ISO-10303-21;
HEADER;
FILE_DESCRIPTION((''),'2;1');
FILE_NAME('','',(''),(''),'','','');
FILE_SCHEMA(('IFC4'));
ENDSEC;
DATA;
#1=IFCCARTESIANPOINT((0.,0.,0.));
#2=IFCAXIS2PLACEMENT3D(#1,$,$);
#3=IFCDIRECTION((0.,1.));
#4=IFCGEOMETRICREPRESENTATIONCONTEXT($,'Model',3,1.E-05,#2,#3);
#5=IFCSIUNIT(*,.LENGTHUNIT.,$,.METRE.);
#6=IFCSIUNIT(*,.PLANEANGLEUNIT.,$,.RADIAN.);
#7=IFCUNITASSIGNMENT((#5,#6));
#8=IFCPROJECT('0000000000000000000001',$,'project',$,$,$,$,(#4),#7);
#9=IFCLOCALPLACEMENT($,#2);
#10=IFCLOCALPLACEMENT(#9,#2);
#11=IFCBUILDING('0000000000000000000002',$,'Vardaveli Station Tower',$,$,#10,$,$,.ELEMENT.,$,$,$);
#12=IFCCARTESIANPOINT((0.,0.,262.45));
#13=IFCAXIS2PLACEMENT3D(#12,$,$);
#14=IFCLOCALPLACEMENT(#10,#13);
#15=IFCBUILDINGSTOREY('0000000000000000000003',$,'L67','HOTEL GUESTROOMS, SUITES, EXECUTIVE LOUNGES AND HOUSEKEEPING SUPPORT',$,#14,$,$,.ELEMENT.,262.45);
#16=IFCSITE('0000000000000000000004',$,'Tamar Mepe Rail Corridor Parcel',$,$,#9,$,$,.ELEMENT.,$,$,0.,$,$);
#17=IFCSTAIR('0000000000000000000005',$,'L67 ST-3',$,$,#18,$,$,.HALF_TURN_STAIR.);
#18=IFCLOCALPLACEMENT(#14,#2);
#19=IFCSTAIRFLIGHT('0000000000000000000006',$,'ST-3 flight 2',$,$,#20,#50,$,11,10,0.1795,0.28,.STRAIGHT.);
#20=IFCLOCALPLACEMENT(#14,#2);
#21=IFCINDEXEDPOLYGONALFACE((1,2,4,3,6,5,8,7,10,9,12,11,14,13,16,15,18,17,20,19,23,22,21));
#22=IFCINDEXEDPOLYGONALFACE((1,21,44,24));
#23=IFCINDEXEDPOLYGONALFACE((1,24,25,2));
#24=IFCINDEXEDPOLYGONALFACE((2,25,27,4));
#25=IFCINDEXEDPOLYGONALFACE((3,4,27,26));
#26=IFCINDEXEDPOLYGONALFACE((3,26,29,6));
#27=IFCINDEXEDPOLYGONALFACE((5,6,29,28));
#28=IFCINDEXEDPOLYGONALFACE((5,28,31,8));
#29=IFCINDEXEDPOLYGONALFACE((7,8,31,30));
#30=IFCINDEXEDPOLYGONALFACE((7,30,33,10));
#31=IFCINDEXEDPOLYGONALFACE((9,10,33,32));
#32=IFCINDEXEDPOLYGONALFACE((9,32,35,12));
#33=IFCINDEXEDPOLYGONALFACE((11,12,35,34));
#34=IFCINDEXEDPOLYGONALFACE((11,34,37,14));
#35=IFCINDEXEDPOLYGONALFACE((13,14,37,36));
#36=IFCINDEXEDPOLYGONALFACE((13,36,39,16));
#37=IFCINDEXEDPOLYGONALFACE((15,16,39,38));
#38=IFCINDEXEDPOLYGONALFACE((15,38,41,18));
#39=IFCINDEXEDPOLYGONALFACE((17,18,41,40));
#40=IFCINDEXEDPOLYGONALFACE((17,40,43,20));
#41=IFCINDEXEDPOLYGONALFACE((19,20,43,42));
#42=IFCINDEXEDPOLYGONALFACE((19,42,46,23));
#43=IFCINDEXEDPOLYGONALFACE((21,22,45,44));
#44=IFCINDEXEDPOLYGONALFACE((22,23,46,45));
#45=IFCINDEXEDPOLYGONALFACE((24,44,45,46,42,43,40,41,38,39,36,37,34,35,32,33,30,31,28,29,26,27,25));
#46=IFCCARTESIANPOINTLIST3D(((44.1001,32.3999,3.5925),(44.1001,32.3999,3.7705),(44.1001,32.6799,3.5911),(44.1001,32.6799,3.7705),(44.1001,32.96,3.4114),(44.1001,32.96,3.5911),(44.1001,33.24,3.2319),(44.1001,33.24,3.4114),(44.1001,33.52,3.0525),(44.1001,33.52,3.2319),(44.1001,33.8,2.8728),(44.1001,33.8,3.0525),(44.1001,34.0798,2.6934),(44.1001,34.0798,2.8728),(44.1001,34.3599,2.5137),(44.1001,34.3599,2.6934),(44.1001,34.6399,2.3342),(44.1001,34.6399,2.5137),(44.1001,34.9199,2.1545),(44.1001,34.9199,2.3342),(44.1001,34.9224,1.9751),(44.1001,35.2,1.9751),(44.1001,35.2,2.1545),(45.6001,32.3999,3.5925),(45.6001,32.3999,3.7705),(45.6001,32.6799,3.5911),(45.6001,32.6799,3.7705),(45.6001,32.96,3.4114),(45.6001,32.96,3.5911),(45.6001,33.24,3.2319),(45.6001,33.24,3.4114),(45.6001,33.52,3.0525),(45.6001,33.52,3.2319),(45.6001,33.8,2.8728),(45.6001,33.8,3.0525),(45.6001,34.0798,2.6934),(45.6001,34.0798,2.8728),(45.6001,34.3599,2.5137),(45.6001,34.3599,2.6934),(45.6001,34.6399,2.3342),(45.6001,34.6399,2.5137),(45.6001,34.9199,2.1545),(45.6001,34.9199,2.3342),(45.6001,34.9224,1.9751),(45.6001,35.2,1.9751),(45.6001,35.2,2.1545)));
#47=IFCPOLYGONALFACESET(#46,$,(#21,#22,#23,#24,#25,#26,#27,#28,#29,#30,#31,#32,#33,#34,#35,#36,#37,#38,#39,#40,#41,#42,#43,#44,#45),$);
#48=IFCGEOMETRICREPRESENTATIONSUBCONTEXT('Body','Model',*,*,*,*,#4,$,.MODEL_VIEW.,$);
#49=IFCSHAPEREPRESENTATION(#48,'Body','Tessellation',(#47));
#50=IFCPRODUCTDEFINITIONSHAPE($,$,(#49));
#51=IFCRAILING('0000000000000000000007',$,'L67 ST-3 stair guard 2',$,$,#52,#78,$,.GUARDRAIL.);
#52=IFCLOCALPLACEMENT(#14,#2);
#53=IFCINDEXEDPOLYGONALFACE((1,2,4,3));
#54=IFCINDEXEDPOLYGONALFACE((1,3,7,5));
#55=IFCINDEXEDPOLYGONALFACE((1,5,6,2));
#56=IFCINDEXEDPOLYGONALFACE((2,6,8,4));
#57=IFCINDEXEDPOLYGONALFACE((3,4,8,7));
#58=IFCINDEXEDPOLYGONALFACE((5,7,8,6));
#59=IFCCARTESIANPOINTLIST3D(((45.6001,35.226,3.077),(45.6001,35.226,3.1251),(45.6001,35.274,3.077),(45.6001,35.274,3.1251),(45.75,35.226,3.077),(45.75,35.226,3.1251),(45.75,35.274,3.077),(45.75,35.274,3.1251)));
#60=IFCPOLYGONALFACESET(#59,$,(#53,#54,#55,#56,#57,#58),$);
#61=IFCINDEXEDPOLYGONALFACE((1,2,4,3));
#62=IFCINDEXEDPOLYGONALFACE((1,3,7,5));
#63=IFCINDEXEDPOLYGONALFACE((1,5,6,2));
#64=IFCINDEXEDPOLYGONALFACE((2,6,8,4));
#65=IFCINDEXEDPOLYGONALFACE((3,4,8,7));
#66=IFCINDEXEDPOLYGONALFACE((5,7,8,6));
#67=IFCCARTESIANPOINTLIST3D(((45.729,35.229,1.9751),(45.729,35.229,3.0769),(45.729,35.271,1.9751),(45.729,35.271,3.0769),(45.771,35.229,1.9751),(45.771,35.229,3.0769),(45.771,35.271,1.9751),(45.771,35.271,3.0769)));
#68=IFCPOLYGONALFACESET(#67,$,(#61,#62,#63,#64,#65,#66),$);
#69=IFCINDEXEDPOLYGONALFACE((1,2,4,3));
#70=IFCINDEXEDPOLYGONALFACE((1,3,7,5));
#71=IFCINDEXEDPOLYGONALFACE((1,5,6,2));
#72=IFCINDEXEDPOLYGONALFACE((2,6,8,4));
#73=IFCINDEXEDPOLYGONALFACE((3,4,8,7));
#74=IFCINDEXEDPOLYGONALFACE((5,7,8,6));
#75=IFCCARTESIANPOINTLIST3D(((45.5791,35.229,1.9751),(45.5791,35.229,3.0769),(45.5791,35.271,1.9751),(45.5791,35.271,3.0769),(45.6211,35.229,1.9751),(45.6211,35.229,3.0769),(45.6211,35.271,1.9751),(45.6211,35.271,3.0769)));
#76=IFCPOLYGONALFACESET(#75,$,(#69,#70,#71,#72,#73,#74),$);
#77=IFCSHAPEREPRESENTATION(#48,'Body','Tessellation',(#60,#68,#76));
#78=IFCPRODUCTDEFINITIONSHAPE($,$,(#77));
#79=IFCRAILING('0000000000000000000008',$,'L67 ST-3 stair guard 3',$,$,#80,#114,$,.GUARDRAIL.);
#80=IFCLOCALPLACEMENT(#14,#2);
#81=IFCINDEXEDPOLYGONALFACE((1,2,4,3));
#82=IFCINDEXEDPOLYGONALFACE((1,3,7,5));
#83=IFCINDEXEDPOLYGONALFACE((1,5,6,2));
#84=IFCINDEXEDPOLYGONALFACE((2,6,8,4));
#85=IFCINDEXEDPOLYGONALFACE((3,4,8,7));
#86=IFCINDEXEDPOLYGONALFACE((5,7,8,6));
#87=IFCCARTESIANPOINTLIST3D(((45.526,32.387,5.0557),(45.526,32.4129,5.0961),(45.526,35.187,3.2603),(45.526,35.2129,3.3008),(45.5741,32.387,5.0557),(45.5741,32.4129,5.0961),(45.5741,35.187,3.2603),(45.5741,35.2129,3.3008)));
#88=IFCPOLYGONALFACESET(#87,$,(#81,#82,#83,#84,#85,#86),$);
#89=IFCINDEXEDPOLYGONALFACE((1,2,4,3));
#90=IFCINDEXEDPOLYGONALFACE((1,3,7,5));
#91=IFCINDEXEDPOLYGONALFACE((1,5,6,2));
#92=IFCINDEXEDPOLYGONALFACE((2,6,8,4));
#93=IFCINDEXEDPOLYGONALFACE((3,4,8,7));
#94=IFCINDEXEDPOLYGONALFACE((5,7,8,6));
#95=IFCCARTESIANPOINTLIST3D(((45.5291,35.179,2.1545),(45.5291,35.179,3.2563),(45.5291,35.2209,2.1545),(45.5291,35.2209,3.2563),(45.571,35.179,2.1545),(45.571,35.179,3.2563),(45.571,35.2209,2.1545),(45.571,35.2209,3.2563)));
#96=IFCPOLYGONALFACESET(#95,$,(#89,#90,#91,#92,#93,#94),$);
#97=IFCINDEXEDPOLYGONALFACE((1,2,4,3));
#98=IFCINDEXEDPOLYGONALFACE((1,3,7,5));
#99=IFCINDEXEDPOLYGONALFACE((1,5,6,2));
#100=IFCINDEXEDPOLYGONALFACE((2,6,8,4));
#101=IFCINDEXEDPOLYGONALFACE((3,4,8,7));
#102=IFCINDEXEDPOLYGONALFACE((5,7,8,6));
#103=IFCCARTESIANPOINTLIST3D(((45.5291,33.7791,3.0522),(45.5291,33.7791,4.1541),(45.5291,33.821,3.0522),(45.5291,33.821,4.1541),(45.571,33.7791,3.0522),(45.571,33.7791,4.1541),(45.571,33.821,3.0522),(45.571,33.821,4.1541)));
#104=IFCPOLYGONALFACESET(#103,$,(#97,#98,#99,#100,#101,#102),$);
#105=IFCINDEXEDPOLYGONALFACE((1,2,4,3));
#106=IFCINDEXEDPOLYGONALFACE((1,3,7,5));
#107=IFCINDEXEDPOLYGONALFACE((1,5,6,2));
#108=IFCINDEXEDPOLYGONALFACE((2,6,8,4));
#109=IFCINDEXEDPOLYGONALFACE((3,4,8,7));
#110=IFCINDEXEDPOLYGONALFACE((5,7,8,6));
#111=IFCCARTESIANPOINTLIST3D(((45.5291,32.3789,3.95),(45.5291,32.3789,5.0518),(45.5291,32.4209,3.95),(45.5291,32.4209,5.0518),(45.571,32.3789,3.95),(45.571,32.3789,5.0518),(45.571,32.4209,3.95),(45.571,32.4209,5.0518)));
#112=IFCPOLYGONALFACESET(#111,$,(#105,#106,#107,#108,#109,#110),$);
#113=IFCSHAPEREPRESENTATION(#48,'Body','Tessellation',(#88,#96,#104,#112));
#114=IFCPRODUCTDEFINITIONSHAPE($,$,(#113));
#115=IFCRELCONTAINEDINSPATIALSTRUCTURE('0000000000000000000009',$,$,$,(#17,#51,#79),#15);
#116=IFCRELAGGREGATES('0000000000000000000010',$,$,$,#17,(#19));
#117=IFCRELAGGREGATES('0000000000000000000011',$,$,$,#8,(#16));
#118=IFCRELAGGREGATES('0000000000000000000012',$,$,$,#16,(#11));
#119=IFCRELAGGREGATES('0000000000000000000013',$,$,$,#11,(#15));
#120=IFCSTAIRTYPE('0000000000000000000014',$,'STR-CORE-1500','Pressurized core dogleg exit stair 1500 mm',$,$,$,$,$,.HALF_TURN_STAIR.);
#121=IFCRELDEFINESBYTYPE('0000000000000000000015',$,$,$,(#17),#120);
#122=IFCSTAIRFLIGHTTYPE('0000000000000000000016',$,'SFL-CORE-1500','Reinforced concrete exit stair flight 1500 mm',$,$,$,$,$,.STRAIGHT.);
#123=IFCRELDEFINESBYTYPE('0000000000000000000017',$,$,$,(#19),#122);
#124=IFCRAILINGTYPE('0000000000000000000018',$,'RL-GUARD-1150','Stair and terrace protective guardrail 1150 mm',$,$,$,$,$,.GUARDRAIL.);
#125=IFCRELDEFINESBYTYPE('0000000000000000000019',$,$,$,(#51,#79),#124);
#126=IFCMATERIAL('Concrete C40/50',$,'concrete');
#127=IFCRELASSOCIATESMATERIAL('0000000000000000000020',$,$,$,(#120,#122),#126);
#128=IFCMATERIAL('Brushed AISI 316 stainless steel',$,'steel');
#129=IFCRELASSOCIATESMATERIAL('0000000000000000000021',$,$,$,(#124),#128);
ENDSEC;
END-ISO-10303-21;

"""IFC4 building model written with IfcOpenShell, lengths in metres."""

from ifc_helpers import new_model, si_unit, direction, frame, origin, origin_2d, place, context, subcontext, project, spatial, polyline, rectangle, outline, extrude, source, transform, mapped, material, type_object, element, aggregate, save


model = new_model("IFC4")

# Units and contexts
model_context = context("Model", 3, precision=1e-05, world=origin(), true_north=direction((0.0, 1.0)))
body_context = subcontext(model_context, "Body", "Model", "MODEL_VIEW")
ifc_project = project(units=[si_unit("LENGTHUNIT", "METRE"), si_unit("PLANEANGLEUNIT", "RADIAN")], contexts=[model_context])

# Site, building, storey
site_placement = place(None, origin())
site = spatial("IfcSite", under=ifc_project, at=site_placement, Name="Tamar Mepe Rail Corridor Parcel", CompositionType="ELEMENT", RefElevation=0.0)
building_placement = place(site_placement, origin())
building = spatial("IfcBuilding", under=site, at=building_placement, Name="Vardaveli Station Tower", CompositionType="ELEMENT")
storey_placement = place(building_placement, frame((0.0, 0.0, 262.45)))
storey = spatial("IfcBuildingStorey", under=building, at=storey_placement, Name="L67", Description="HOTEL GUESTROOMS, SUITES, EXECUTIVE LOUNGES AND HOUSEKEEPING SUPPORT", CompositionType="ELEMENT", Elevation=262.45)

# Shared definitions
ifc_material_1 = material(Name="Concrete C40/50", Category="concrete")

# Stair, stair flight
stair_type = type_object("IfcStairType", Name="STR-CORE-1500", Description="Pressurized core dogleg exit stair 1500 mm", PredefinedType="HALF_TURN_STAIR", material=ifc_material_1)
stair_placement = place(storey_placement, origin())
stair = element("IfcStair", 1, at=stair_placement, inside=storey, type_object=stair_type, Name="L67 ST-3", PredefinedType="HALF_TURN_STAIR")
stair_flight_type = type_object("IfcStairFlightType", Name="SFL-CORE-1500", Description="Reinforced concrete exit stair flight 1500 mm", PredefinedType="STRAIGHT", material=ifc_material_1)
shared_shape_1 = source(origin(), body_context, "Body", "SweptSolid", [
    extrude(outline(polyline([(0.0, 0.0), (0.0, 0.1794), (0.28, 0.1794), (0.28, 0.3591), (0.5601, 0.3591), (0.5601, 0.5386), (0.8401, 0.5386), (0.8401, 0.7183), (1.1201, 0.7183), (1.1201, 0.8977), (1.3999, 0.8977), (1.3999, 1.0774), (1.6799, 1.0774), (1.6799, 1.2568), (1.96, 1.2568), (1.96, 1.4363), (2.24, 1.4363), (2.24, 1.616), (2.52, 1.616), (2.52, 1.7954), (2.8, 1.7954), (2.8, 1.9751), (2.8, 1.6174), (0.2776, 0.0), (0.0, 0.0)])), frame((0.0, 0.75, 0.0), z_axis=(0.0, -1.0, 0.0), x_axis=(1.0, 0.0, 0.0)), (0.0, 0.0, 1.0), 1.5),
])
stair_flight_placement = place(storey_placement, frame((44.8501, 35.2, 1.9751), z_axis=(0.0, 0.0, 1.0), x_axis=(0.0, -1.0, 0.0)))
stair_flight = element("IfcStairFlight", 2, at=stair_flight_placement, type_object=stair_flight_type, Name="ST-3 flight 2", NumberOfRisers=11, NumberOfTreads=10, PredefinedType="STRAIGHT", RiserHeight=0.1795, TreadLength=0.28, context=body_context, shape_type="MappedRepresentation", body=[
    mapped(shared_shape_1, transform((0.0, 0.0, 0.0), scale=1.0)),
])
aggregate(stair, [stair_flight])

# Railings
ifc_material_2 = material(Name="Brushed AISI 316 stainless steel", Category="steel")
railing_type = type_object("IfcRailingType", Name="RL-GUARD-1150", Description="Stair and terrace protective guardrail 1150 mm", PredefinedType="GUARDRAIL", material=ifc_material_2)
shared_shape_2 = source(origin(), body_context, "Body", "SweptSolid", [
    extrude(rectangle(XDim=0.0481, YDim=0.0481, at=origin_2d()), frame((0.0, 0.0, 1.126), z_axis=(-1.0, 0.0, 0.0), x_axis=(0.0, -1.0, 0.0)), (0.0, 0.0, 1.0), 0.1499),
    extrude(rectangle(XDim=0.042, YDim=0.042, at=origin_2d()), origin(), (0.0, 0.0, 1.0), 1.1018),
    extrude(rectangle(XDim=0.042, YDim=0.042, at=origin_2d()), frame((-0.1499, 0.0, 0.0)), (0.0, 0.0, 1.0), 1.1018),
])
railing_1_placement = place(storey_placement, frame((45.75, 35.25, 1.9751)))
element("IfcRailing", 3, at=railing_1_placement, inside=storey, type_object=railing_type, Name="L67 ST-3 stair guard 2", PredefinedType="GUARDRAIL", context=body_context, shape_type="MappedRepresentation", body=[
    mapped(shared_shape_2, transform((0.0, 0.0, 0.0), scale=1.0)),
])
shared_shape_3 = source(origin(), body_context, "Body", "SweptSolid", [
    extrude(rectangle(XDim=0.0481, YDim=0.0481, at=origin_2d()), frame((0.0, 0.0, 1.126), z_axis=(0.0, -0.84181, 0.539774), x_axis=(1.0, 0.0, 0.0)), (0.0, 0.0, 1.0), 3.3262),
    extrude(rectangle(XDim=0.042, YDim=0.042, at=origin_2d()), origin(), (0.0, 0.0, 1.0), 1.1018),
    extrude(rectangle(XDim=0.042, YDim=0.042, at=origin_2d()), frame((0.0, -1.3999, 0.8977)), (0.0, 0.0, 1.0), 1.1018),
    extrude(rectangle(XDim=0.042, YDim=0.042, at=origin_2d()), frame((0.0, -2.8, 1.7954)), (0.0, 0.0, 1.0), 1.1018),
])
railing_2_placement = place(storey_placement, frame((45.55, 35.2, 2.1545)))
element("IfcRailing", 4, at=railing_2_placement, inside=storey, type_object=railing_type, Name="L67 ST-3 stair guard 3", PredefinedType="GUARDRAIL", context=body_context, shape_type="MappedRepresentation", body=[
    mapped(shared_shape_3, transform((0.0, 0.0, 0.0), scale=1.0)),
])

save(model, "model.ifc")
